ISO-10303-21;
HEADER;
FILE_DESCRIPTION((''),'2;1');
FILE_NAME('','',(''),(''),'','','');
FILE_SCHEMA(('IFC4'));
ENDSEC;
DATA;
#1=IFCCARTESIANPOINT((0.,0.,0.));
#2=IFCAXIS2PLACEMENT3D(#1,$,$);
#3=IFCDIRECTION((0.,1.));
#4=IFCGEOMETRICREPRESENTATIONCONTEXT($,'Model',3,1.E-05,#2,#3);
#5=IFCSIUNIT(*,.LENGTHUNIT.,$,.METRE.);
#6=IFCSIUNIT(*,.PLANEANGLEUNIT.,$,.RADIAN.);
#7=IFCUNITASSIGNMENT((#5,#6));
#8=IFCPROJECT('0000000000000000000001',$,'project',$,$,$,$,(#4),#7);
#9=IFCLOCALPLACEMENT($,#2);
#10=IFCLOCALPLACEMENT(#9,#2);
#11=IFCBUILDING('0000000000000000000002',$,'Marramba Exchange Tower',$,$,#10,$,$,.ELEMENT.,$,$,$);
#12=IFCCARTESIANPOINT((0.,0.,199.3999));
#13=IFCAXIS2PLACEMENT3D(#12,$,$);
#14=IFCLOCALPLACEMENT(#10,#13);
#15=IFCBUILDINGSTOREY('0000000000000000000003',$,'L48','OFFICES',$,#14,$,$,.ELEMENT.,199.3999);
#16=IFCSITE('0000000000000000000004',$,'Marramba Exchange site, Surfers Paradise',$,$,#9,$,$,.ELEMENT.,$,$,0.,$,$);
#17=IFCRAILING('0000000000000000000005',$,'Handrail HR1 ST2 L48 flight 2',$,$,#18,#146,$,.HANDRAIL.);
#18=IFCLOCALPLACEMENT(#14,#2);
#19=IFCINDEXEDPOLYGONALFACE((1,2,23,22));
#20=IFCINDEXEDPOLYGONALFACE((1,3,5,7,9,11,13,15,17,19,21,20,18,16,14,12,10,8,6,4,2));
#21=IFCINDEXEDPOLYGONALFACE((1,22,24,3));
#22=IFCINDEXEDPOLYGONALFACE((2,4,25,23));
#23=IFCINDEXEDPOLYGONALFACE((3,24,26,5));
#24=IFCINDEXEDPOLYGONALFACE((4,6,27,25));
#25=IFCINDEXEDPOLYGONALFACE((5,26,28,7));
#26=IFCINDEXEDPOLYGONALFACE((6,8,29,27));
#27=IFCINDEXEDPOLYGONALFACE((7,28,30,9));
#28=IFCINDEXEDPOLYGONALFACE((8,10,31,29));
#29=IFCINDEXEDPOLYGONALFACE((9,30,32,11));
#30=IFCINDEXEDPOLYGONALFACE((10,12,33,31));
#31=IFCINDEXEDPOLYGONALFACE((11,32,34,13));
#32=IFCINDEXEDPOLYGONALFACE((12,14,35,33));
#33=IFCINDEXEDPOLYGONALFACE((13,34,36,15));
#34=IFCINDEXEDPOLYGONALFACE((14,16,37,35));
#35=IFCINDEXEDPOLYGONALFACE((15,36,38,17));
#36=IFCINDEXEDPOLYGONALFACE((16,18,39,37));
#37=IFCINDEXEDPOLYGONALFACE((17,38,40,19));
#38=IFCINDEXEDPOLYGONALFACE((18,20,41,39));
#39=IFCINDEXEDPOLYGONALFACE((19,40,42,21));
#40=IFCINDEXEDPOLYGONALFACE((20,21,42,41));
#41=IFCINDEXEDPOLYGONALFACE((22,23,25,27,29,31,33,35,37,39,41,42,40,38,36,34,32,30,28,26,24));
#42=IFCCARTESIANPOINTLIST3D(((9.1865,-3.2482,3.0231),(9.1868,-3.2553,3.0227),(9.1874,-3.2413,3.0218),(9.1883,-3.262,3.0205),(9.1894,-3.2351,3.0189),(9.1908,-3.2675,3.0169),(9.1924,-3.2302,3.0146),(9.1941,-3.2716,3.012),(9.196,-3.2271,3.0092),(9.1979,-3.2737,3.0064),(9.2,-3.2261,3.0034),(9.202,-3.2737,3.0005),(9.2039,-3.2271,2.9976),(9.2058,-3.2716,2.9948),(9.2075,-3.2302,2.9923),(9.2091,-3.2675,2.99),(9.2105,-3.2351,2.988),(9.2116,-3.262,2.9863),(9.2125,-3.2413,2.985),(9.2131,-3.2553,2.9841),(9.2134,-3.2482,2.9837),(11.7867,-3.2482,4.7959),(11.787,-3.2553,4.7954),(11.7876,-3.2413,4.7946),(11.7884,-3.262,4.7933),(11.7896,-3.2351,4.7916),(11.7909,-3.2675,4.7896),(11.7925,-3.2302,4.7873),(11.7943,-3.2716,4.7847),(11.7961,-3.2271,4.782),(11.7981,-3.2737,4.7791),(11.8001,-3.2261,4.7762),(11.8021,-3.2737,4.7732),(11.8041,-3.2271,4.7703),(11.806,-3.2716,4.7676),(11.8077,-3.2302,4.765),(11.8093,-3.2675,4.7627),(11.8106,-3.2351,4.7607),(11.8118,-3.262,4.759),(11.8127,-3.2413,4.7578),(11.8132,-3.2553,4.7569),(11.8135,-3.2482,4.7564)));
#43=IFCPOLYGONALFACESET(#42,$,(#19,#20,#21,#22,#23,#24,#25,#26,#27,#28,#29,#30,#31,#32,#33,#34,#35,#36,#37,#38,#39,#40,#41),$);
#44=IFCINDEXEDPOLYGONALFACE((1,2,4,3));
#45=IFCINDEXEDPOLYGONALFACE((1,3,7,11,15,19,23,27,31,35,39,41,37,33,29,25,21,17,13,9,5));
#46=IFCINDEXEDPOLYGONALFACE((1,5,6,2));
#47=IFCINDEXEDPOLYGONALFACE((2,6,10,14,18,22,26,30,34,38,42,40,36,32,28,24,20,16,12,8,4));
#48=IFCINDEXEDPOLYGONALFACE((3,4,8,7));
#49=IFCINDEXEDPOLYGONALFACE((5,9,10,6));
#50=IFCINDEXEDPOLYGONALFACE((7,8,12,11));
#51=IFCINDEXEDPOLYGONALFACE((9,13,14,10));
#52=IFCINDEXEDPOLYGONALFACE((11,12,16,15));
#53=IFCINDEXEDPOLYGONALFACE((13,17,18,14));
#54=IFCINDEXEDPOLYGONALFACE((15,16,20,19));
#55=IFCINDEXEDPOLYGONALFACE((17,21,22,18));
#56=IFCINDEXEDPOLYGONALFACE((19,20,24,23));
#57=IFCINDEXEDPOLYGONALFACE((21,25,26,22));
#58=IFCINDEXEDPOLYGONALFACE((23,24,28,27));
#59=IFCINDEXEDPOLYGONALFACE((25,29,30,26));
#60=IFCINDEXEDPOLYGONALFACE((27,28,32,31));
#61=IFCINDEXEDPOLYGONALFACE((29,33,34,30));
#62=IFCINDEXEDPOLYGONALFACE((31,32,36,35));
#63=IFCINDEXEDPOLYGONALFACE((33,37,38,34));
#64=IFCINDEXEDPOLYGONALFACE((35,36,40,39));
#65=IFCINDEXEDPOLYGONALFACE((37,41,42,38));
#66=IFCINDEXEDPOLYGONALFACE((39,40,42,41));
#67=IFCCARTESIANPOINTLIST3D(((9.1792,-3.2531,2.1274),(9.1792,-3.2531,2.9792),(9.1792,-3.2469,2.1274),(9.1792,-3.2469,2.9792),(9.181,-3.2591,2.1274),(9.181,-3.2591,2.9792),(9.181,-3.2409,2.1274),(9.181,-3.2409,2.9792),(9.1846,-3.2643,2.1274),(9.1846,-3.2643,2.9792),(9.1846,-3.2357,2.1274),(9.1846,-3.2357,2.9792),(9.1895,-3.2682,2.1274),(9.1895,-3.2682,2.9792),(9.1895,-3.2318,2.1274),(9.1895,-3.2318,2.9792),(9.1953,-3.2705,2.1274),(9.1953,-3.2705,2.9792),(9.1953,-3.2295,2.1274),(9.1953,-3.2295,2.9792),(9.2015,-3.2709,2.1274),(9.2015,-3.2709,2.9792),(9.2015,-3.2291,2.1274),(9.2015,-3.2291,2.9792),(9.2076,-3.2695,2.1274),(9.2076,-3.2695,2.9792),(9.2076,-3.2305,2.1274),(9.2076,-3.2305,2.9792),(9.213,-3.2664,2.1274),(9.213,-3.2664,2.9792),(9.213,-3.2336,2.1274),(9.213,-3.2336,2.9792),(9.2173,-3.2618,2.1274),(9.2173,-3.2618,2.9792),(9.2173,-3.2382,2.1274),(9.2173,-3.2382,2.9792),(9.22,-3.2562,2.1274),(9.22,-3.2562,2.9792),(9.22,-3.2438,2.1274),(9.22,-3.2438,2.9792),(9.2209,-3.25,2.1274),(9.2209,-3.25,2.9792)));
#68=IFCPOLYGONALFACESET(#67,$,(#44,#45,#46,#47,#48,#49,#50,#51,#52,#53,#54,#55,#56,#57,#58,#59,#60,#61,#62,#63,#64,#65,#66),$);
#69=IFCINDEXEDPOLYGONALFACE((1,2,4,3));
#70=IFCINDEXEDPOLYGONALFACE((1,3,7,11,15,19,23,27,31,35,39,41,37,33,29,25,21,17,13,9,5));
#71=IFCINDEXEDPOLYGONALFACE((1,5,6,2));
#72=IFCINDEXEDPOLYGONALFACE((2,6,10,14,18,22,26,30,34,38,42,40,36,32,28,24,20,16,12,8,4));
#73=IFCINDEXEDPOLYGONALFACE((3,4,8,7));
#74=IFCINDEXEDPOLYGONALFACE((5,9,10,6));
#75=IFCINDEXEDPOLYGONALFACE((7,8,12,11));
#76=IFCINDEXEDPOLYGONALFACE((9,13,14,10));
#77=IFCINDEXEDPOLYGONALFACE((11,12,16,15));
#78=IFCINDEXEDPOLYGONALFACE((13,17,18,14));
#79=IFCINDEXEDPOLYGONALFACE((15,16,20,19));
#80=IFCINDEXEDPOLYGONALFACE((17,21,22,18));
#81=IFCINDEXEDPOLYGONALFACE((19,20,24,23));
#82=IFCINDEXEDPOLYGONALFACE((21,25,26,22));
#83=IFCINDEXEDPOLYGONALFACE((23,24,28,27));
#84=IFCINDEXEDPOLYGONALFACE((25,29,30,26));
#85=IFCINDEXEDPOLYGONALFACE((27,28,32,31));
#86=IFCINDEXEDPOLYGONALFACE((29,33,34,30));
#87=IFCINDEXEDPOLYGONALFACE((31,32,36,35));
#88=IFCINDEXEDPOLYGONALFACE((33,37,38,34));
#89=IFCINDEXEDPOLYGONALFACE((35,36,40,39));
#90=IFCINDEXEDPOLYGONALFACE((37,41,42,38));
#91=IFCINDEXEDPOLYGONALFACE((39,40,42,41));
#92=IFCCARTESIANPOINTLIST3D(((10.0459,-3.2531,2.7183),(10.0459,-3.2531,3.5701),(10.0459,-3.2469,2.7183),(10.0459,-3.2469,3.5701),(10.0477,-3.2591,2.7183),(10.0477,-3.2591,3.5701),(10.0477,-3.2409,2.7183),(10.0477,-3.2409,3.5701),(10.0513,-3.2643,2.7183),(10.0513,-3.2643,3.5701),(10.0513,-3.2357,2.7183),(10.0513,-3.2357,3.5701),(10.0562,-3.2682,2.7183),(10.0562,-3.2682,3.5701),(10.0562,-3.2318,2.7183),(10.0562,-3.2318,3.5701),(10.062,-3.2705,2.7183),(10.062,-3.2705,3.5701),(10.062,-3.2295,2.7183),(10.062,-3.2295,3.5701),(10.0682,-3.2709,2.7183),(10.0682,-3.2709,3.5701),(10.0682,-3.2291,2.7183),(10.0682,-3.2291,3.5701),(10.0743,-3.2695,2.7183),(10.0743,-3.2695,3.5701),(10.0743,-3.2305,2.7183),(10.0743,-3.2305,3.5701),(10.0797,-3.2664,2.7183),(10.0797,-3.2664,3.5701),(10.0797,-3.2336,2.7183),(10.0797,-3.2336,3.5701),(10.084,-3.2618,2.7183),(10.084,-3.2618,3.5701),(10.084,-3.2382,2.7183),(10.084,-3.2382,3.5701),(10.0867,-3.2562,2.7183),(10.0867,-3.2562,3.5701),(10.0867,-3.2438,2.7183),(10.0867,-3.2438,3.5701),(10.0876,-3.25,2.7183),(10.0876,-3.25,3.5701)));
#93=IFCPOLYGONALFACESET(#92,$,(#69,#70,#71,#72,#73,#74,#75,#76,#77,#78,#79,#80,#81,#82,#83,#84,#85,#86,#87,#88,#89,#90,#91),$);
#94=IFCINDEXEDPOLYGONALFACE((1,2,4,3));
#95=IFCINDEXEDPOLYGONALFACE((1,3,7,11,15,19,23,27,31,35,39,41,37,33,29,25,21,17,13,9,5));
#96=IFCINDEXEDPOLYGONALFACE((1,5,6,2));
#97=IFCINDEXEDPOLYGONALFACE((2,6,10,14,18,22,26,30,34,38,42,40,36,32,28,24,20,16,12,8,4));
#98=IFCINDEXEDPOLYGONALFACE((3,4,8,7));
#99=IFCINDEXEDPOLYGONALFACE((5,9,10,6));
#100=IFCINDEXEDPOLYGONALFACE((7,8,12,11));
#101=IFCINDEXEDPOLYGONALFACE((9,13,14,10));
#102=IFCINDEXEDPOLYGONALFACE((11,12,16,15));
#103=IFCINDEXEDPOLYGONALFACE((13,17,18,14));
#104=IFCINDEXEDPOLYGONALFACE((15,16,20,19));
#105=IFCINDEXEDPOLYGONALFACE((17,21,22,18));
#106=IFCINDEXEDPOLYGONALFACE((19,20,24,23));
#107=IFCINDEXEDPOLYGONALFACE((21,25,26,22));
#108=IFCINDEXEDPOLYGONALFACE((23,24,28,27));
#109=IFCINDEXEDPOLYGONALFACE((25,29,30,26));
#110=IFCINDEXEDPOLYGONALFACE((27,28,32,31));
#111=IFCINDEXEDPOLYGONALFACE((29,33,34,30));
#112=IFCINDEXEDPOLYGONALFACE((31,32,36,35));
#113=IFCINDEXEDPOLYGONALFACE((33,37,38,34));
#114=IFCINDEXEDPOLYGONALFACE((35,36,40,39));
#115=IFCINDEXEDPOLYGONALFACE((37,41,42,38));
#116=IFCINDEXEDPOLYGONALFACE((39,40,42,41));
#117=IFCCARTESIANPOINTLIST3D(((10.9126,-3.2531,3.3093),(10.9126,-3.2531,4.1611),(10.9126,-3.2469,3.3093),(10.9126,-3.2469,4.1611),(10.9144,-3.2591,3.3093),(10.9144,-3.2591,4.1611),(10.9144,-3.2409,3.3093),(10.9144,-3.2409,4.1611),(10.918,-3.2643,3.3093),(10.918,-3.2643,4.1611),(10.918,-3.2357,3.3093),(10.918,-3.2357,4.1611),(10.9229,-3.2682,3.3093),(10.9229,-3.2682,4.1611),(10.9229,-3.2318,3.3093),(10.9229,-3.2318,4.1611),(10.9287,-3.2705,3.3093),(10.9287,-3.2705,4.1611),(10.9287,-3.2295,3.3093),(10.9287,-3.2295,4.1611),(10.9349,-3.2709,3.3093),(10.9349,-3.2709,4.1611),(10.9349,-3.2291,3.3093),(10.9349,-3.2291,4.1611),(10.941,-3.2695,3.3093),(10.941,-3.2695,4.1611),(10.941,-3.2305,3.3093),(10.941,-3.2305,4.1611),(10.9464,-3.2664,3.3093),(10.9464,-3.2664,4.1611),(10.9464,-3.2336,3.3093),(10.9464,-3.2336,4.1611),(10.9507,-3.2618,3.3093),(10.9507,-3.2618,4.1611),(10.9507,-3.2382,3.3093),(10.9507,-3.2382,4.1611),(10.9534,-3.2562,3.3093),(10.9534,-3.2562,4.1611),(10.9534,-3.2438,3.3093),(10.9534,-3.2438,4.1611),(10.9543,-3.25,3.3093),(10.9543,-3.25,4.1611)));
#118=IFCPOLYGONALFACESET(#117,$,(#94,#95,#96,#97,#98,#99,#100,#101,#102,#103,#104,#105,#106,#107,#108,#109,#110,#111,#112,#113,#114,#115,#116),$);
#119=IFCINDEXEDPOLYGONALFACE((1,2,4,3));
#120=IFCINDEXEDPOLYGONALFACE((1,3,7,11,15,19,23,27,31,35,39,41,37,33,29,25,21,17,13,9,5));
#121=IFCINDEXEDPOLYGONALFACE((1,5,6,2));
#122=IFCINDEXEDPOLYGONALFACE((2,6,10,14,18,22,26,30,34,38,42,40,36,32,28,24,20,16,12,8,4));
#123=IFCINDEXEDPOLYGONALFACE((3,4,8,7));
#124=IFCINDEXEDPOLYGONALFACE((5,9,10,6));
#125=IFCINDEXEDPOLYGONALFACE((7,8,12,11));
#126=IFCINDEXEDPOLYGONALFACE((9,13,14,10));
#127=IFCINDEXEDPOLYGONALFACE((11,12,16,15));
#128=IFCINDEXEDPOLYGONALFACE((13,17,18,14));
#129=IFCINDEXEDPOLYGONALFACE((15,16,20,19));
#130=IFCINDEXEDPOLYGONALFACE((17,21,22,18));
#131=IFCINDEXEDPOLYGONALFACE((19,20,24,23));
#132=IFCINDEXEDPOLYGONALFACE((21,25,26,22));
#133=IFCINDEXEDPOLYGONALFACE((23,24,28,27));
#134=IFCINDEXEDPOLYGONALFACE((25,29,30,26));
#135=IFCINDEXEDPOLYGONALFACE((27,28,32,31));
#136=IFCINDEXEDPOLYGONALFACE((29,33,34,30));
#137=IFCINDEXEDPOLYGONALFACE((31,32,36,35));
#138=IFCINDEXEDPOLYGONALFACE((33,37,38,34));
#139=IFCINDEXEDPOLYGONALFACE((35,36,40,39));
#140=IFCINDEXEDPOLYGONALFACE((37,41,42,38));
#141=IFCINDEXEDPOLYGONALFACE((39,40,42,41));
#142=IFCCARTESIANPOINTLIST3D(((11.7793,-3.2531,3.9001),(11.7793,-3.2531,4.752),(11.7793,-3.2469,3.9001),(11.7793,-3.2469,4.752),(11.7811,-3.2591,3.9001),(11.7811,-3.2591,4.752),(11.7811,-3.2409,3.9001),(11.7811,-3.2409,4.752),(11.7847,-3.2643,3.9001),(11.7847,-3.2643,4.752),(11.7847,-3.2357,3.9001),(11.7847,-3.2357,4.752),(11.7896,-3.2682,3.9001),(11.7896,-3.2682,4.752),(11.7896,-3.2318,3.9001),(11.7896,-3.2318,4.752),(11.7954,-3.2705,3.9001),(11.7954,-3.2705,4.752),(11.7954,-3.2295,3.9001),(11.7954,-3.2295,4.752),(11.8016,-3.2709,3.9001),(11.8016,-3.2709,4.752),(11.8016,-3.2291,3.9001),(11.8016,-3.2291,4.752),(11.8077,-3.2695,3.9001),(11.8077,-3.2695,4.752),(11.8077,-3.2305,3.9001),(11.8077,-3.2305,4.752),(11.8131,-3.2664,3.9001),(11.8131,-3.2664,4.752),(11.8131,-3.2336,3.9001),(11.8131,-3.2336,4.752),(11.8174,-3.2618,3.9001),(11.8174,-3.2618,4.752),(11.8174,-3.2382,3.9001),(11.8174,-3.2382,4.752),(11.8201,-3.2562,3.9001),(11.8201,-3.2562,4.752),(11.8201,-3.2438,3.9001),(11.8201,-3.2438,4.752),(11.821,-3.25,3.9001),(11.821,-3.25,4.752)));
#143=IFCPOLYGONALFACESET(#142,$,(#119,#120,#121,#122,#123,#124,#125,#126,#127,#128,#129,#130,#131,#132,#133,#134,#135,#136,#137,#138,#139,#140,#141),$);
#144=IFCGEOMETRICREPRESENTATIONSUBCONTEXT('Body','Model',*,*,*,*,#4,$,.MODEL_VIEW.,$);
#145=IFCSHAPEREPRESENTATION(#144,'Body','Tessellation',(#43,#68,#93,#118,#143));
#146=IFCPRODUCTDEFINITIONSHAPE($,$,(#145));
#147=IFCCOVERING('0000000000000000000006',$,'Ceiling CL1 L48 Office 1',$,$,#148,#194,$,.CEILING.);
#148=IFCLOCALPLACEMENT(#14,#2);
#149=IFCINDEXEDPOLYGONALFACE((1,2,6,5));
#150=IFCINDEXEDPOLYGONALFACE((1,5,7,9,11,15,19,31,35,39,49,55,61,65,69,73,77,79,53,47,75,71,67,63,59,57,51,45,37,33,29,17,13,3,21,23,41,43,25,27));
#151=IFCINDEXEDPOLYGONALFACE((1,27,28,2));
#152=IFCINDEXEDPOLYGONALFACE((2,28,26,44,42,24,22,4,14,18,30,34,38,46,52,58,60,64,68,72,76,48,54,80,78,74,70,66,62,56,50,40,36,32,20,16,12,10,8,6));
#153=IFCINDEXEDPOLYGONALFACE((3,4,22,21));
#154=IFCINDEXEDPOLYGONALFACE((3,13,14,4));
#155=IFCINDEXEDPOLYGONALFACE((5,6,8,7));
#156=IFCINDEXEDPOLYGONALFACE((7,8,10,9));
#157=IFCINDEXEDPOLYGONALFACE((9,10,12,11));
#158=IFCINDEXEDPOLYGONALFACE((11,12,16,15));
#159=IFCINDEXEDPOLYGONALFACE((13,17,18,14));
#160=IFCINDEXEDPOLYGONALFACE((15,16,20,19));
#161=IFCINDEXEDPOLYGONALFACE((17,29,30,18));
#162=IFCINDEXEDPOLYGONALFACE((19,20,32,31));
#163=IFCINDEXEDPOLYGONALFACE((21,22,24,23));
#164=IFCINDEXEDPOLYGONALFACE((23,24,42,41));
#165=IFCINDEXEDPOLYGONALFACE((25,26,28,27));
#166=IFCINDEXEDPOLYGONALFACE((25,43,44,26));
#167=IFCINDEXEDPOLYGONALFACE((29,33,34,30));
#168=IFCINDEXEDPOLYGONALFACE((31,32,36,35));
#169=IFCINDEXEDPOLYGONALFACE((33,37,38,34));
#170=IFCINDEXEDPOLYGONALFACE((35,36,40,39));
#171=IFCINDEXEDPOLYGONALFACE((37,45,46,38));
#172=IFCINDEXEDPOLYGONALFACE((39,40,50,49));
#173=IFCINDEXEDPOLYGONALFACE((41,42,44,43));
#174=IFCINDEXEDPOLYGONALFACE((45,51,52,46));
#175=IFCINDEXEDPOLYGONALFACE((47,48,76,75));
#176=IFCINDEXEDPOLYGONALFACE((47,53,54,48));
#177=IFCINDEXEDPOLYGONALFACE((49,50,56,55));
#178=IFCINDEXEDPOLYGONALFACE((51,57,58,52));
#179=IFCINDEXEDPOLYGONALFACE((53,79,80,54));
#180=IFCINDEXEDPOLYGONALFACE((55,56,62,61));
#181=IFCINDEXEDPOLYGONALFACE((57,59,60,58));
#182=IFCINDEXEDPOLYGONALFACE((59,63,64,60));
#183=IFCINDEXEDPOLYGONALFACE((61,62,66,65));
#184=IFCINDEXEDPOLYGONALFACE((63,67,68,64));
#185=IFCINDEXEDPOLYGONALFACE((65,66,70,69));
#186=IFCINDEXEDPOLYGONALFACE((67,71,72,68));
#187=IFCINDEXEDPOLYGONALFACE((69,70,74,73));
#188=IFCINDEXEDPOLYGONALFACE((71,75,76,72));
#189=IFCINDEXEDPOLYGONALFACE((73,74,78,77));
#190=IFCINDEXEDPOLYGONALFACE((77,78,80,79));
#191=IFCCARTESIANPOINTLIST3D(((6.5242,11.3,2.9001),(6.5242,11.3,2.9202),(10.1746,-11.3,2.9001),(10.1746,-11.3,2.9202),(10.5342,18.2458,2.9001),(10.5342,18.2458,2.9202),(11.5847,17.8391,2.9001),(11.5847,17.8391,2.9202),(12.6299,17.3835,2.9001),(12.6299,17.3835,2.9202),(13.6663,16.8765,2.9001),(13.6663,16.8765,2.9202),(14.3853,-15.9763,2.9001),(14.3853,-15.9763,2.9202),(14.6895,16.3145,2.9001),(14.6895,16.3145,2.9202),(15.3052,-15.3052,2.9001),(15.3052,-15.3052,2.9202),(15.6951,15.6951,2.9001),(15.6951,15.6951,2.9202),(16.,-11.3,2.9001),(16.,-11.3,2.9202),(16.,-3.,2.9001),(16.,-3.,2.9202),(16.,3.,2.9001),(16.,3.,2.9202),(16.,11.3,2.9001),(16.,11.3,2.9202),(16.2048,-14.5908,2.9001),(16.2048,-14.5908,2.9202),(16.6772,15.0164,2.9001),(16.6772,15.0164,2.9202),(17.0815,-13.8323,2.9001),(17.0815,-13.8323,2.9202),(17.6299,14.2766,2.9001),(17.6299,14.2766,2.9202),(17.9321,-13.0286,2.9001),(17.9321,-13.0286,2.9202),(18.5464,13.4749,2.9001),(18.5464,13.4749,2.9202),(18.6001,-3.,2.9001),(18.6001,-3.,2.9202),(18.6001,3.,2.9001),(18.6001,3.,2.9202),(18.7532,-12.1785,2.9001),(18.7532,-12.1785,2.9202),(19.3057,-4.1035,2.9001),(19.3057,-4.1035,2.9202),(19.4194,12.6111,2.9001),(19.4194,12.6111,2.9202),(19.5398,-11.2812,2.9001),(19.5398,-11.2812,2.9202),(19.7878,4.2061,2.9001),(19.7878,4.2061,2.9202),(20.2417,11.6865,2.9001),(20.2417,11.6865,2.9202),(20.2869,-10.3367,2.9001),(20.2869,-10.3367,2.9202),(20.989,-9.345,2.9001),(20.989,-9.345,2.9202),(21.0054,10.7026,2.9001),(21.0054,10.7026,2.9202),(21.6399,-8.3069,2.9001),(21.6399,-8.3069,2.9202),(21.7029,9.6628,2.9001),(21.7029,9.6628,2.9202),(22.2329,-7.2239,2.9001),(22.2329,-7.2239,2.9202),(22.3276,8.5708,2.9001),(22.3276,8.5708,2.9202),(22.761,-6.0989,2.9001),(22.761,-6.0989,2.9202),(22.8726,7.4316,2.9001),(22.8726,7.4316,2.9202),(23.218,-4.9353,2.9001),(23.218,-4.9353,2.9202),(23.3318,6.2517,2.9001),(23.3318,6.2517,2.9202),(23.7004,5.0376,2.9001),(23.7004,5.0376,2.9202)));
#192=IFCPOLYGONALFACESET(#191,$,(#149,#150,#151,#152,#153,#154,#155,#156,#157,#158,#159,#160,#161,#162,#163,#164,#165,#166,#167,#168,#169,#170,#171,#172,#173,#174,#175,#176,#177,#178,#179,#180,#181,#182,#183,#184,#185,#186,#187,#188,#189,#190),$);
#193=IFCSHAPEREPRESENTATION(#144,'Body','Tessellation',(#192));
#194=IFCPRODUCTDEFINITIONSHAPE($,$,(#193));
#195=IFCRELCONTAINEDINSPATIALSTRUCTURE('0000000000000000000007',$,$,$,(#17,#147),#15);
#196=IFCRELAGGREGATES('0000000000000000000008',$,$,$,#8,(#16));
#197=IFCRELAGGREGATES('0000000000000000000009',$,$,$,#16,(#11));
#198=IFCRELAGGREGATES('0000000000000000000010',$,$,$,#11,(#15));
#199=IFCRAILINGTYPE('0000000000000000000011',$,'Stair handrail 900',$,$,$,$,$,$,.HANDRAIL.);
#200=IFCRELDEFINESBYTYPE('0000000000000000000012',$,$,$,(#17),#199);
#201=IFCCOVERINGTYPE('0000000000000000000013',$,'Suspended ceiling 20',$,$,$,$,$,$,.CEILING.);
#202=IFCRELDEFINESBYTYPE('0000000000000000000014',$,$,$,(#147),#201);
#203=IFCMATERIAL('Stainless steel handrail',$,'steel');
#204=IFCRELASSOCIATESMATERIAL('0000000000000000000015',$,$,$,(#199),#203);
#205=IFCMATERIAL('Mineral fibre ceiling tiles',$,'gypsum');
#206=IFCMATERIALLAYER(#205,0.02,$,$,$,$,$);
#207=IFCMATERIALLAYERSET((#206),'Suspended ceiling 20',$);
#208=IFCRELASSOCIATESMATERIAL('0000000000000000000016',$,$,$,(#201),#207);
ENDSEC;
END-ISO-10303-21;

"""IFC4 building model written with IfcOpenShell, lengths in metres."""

from ifc_helpers import new_model, si_unit, direction, frame, origin, origin_2d, place, context, subcontext, project, spatial, polyline, circle, outline, extrude, material, layer, layer_set, type_object, element, save


model = new_model("IFC4")

# Units and contexts
model_context = context("Model", 3, precision=1e-05, world=origin(), true_north=direction((0.0, 1.0)))
body_context = subcontext(model_context, "Body", "Model", "MODEL_VIEW")
ifc_project = project(units=[si_unit("LENGTHUNIT", "METRE"), si_unit("PLANEANGLEUNIT", "RADIAN")], contexts=[model_context])

# Site, building, storey
site_placement = place(None, origin())
site = spatial("IfcSite", under=ifc_project, at=site_placement, Name="Marramba Exchange site, Surfers Paradise", CompositionType="ELEMENT", RefElevation=0.0)
building_placement = place(site_placement, origin())
building = spatial("IfcBuilding", under=site, at=building_placement, Name="Marramba Exchange Tower", CompositionType="ELEMENT")
storey_placement = place(building_placement, frame((0.0, 0.0, 199.3999)))
storey = spatial("IfcBuildingStorey", under=building, at=storey_placement, Name="L48", Description="OFFICES", CompositionType="ELEMENT", Elevation=199.3999)

# Railing
ifc_material_1 = material(Name="Stainless steel handrail", Category="steel")
railing_type = type_object("IfcRailingType", Name="Stair handrail 900", PredefinedType="HANDRAIL", material=ifc_material_1)
railing_placement = place(storey_placement, frame((9.2, -3.25, 2.1274)))
element("IfcRailing", 1, at=railing_placement, inside=storey, type_object=railing_type, Name="Handrail HR1 ST2 L48 flight 2", PredefinedType="HANDRAIL", context=body_context, shape_type="SweptSolid", body=[
    extrude(circle(Radius=0.0239, at=origin_2d()), frame((0.0, 0.0, 0.876), z_axis=(0.82624, 0.0, 0.563318), x_axis=(0.0, 1.0, 0.0)), (0.0, 0.0, 1.0), 3.147),
    extrude(circle(Radius=0.021, at=origin_2d()), origin(), (0.0, 0.0, 1.0), 0.8518),
    extrude(circle(Radius=0.021, at=origin_2d()), frame((0.8667, 0.0, 0.5908)), (0.0, 0.0, 1.0), 0.8518),
    extrude(circle(Radius=0.021, at=origin_2d()), frame((1.7334, 0.0, 1.1819)), (0.0, 0.0, 1.0), 0.8518),
    extrude(circle(Radius=0.021, at=origin_2d()), frame((2.6001, 0.0, 1.7727)), (0.0, 0.0, 1.0), 0.8518),
])

# Covering
ifc_material_2 = material(Name="Mineral fibre ceiling tiles", Category="gypsum")
ifc_layer_1 = layer(ifc_material_2, 0.02)
ifc_layer_set_1 = layer_set([ifc_layer_1], Name="Suspended ceiling 20")
covering_type = type_object("IfcCoveringType", Name="Suspended ceiling 20", PredefinedType="CEILING", material=ifc_layer_set_1)
covering_1_placement = place(storey_placement, frame((0.0, 0.0, 2.9001)))
element("IfcCovering", 2, at=covering_1_placement, inside=storey, type_object=covering_type, Name="Ceiling CL1 L48 Office 1", PredefinedType="CEILING", context=body_context, shape_type="SweptSolid", body=[
    extrude(outline(polyline([(16.0, -3.0), (18.6001, -3.0), (18.6001, 3.0), (16.0, 3.0), (16.0, 11.3), (6.5242, 11.3), (10.5342, 18.2458), (11.5847, 17.8391), (12.6299, 17.3835), (13.6663, 16.8765), (14.6895, 16.3145), (15.6951, 15.6951), (16.6772, 15.0164), (17.6299, 14.2766), (18.5464, 13.4749), (19.4194, 12.6111), (20.2417, 11.6865), (21.0054, 10.7026), (21.7029, 9.6628), (22.3276, 8.5708), (22.8726, 7.4316), (23.3318, 6.2517), (23.7004, 5.0376), (19.7878, 4.2061), (19.3057, -4.1035), (23.218, -4.9353), (22.761, -6.0989), (22.2329, -7.2239), (21.6399, -8.3069), (20.989, -9.345), (20.2869, -10.3367), (19.5398, -11.2812), (18.7532, -12.1785), (17.9321, -13.0286), (17.0815, -13.8323), (16.2048, -14.5908), (15.3052, -15.3052), (14.3853, -15.9763), (10.1746, -11.3), (16.0, -11.3), (16.0, -3.0)])), origin(), (0.0, 0.0, 1.0), 0.02),
])

save(model, "model.ifc")
